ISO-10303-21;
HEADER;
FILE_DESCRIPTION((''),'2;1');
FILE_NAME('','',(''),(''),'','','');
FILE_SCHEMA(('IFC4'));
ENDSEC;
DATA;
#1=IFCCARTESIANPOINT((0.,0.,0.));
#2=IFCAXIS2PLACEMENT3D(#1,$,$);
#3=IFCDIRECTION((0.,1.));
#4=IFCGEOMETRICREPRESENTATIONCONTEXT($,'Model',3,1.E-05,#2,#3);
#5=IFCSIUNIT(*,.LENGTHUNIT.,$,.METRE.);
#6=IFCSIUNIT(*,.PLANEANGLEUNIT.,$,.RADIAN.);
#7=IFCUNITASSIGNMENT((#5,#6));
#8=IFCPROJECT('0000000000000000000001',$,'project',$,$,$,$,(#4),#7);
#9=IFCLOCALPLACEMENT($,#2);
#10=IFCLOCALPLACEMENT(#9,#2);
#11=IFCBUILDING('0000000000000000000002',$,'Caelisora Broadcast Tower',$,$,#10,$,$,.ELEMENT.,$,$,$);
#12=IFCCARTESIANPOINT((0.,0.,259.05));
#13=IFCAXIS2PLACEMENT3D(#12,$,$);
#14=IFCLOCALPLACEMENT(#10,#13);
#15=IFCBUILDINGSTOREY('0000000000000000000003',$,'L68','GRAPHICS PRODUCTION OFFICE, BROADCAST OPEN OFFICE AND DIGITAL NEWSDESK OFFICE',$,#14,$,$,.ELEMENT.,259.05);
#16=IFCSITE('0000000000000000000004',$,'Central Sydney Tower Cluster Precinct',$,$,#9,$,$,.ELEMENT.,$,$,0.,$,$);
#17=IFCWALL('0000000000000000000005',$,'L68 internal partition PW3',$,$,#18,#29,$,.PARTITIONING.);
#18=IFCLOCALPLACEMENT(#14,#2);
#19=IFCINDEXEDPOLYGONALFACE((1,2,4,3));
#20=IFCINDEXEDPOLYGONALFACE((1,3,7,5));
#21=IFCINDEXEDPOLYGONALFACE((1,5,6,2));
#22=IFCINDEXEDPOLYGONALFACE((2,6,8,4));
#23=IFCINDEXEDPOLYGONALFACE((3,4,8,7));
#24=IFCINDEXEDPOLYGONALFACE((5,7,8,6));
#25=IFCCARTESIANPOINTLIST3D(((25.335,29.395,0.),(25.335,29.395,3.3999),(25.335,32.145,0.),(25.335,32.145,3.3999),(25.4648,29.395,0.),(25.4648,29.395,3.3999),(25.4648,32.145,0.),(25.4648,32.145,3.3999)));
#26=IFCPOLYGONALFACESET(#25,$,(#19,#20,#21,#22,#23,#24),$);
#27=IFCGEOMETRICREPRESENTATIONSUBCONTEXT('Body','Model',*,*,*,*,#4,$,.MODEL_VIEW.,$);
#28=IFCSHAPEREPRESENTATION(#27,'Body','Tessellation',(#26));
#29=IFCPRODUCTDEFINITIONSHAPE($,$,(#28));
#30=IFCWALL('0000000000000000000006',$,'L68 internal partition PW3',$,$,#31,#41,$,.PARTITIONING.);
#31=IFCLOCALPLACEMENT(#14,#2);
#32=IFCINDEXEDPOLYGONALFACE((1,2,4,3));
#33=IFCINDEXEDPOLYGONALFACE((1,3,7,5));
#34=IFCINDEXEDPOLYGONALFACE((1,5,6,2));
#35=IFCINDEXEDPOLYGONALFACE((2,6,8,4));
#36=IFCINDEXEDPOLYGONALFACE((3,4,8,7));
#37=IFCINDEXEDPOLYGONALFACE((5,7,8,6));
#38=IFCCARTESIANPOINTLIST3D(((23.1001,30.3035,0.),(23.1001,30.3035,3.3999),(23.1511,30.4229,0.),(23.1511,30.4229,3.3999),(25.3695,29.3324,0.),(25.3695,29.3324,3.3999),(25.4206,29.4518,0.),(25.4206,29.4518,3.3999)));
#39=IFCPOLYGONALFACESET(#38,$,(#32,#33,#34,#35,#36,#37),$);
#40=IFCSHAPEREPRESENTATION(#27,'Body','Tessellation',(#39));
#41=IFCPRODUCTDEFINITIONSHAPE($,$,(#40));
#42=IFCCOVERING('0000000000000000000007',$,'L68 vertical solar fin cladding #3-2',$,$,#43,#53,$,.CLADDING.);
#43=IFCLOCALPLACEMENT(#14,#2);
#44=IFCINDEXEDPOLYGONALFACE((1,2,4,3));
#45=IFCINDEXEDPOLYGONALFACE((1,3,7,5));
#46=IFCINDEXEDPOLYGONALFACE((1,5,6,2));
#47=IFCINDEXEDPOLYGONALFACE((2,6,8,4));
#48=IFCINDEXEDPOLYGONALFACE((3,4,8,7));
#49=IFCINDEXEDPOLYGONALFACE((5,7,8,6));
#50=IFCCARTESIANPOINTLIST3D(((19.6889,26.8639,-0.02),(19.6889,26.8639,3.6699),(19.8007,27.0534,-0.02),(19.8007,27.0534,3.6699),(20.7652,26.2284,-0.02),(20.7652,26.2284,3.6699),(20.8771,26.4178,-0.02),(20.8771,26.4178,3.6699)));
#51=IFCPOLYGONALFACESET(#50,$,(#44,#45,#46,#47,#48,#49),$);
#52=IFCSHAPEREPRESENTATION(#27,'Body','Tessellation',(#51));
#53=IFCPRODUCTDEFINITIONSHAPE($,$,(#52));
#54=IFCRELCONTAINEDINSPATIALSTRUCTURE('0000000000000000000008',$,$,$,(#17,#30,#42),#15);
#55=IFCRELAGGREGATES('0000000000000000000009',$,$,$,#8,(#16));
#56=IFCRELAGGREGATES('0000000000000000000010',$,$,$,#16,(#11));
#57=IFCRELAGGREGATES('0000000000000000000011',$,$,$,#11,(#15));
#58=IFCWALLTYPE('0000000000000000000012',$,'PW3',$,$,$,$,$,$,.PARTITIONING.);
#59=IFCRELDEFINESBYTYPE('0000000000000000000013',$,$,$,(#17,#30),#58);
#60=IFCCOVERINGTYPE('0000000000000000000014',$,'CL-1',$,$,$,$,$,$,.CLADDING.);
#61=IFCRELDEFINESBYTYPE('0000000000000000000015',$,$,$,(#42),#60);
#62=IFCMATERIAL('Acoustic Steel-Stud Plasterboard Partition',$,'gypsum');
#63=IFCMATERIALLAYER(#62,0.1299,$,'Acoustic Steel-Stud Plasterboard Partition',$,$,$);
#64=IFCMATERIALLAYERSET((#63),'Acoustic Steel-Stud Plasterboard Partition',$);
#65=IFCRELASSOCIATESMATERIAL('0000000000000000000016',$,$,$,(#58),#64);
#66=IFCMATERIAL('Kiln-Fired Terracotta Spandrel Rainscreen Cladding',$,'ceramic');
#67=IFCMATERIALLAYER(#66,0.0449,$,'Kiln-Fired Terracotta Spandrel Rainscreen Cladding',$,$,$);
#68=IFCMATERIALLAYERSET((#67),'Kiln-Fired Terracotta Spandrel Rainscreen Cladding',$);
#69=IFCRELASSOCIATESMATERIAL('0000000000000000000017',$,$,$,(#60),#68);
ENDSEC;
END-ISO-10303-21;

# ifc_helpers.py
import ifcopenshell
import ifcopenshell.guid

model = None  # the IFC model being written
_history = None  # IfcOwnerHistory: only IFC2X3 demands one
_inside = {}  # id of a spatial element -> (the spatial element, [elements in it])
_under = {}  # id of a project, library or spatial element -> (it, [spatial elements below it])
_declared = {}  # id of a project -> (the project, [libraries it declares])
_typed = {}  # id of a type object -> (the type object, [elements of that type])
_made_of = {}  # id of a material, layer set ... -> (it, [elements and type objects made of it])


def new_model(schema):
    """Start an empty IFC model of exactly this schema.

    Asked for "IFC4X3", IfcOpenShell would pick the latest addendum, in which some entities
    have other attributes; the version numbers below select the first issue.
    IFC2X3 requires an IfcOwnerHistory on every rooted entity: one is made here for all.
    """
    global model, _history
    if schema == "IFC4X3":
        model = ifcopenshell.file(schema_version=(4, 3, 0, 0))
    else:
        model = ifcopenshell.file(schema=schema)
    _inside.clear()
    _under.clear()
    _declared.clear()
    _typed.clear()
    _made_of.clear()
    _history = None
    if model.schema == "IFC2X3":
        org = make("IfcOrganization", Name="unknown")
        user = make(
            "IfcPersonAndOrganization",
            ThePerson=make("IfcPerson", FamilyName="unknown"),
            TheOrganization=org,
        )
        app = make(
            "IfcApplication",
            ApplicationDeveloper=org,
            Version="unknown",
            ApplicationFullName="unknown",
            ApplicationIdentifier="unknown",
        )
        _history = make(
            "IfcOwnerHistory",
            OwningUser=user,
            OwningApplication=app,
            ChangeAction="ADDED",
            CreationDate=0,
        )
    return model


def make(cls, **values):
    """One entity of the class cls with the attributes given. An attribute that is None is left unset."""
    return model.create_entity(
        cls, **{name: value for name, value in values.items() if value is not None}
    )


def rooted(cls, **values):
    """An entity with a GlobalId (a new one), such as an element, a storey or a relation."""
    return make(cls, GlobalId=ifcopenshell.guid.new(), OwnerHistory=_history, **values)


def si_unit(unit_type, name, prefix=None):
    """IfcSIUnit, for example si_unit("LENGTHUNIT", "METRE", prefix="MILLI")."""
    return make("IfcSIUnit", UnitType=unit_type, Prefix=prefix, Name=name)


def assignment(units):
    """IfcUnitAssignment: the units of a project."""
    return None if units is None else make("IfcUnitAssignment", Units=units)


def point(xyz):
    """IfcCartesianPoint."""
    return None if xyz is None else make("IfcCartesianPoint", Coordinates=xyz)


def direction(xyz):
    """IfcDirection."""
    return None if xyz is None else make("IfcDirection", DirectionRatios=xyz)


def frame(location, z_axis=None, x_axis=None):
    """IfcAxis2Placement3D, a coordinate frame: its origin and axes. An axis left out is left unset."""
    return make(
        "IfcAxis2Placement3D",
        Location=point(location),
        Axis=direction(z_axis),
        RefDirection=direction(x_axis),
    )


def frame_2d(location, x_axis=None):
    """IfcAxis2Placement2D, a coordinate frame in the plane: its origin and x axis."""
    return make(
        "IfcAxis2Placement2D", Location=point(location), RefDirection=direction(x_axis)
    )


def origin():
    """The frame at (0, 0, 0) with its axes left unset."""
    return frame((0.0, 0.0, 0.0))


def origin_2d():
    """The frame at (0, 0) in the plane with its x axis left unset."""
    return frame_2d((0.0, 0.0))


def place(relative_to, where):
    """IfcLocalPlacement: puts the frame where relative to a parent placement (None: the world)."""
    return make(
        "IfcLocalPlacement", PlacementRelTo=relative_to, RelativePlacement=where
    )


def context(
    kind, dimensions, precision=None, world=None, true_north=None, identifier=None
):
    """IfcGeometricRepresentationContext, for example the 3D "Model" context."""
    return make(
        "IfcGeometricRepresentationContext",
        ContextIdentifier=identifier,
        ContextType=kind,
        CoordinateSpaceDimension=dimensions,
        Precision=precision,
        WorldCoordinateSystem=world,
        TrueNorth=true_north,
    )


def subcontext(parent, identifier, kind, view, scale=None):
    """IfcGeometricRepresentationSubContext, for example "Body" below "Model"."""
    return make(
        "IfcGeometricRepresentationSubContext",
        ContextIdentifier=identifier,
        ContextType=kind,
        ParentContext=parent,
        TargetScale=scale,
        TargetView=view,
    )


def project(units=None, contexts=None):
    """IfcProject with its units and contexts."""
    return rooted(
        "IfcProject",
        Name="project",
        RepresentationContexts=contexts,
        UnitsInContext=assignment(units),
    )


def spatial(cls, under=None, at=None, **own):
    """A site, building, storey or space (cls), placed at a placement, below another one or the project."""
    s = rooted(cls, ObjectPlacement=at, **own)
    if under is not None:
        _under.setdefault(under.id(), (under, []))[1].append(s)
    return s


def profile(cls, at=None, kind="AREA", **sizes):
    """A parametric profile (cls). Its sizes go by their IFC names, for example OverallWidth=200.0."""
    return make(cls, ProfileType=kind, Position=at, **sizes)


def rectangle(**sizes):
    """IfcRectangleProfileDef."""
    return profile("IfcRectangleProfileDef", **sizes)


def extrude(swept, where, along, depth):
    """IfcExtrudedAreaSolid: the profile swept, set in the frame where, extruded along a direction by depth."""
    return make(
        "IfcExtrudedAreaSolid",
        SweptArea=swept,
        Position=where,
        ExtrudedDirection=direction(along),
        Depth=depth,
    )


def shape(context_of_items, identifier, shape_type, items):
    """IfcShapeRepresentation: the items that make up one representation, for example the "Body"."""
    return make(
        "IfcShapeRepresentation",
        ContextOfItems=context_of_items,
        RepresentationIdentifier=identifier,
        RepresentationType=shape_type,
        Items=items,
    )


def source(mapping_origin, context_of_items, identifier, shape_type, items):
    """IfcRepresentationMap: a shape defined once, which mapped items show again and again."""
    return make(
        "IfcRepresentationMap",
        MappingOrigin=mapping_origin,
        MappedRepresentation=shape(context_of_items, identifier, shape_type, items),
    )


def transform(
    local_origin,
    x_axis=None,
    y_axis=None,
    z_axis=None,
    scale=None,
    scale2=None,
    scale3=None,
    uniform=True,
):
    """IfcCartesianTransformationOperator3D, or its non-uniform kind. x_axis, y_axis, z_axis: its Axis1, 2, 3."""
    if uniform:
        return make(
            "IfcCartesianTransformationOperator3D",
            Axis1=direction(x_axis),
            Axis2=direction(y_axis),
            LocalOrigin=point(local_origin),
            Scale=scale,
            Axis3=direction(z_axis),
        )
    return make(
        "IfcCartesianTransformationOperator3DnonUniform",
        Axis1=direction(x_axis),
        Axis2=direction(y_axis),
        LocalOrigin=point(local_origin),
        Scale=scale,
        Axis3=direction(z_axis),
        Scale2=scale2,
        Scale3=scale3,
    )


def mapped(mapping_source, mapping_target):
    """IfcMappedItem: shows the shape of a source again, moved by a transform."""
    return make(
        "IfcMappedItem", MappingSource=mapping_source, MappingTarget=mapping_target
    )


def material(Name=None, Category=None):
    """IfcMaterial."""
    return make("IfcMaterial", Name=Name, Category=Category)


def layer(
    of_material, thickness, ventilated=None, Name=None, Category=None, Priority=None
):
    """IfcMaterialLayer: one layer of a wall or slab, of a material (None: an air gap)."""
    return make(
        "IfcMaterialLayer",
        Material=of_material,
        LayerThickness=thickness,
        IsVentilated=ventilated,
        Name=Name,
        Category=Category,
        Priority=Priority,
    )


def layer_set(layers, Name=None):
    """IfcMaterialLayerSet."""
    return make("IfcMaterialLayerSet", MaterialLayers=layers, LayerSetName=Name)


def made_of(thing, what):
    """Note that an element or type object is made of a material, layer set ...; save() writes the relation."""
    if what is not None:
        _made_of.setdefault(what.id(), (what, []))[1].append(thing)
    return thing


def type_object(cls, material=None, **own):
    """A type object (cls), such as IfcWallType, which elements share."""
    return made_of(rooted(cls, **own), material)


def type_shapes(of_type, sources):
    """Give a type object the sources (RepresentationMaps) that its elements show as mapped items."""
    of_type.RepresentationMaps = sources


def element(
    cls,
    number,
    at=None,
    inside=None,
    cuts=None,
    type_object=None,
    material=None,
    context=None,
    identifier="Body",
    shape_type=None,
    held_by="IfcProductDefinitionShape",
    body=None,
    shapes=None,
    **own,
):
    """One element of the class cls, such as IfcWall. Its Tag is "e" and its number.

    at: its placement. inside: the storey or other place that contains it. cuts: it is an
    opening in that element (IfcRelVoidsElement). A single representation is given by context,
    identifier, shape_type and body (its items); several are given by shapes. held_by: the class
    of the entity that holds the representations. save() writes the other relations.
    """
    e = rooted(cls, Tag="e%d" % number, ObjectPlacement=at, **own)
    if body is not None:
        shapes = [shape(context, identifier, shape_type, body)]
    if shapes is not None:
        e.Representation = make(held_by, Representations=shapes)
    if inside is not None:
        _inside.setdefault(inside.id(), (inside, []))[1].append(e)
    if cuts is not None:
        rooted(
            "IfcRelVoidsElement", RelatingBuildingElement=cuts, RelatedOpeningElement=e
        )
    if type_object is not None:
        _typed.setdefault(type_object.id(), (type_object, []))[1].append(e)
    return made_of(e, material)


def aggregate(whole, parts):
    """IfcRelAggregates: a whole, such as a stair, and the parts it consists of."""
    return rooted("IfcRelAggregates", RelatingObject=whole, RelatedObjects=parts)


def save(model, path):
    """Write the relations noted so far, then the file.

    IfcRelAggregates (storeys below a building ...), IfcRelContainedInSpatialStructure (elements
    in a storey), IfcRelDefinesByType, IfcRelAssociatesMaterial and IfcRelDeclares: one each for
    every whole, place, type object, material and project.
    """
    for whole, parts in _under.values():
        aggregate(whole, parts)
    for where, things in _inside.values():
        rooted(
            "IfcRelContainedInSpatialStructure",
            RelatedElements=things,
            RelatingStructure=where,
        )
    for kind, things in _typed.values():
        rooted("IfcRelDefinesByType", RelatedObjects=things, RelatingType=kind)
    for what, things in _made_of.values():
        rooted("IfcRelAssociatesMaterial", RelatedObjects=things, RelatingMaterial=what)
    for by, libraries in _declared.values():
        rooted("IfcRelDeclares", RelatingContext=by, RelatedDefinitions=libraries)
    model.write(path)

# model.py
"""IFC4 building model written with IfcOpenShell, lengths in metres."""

from ifc_helpers import new_model, si_unit, direction, frame, frame_2d, origin, origin_2d, place, context, subcontext, project, spatial, rectangle, extrude, source, transform, mapped, material, layer, layer_set, type_object, type_shapes, element, save


model = new_model("IFC4")

# Units and contexts
model_context = context("Model", 3, precision=1e-05, world=origin(), true_north=direction((0.0, 1.0)))
body_context = subcontext(model_context, "Body", "Model", "MODEL_VIEW")
ifc_project = project(units=[si_unit("LENGTHUNIT", "METRE"), si_unit("PLANEANGLEUNIT", "RADIAN")], contexts=[model_context])

# Site, building, storey
site_placement = place(None, origin())
site = spatial("IfcSite", under=ifc_project, at=site_placement, Name="Central Sydney Tower Cluster Precinct", CompositionType="ELEMENT", RefElevation=0.0)
building_placement = place(site_placement, origin())
building = spatial("IfcBuilding", under=site, at=building_placement, Name="Caelisora Broadcast Tower", CompositionType="ELEMENT")
storey_placement = place(building_placement, frame((0.0, 0.0, 259.05)))
storey = spatial("IfcBuildingStorey", under=building, at=storey_placement, Name="L68", Description="GRAPHICS PRODUCTION OFFICE, BROADCAST OPEN OFFICE AND DIGITAL NEWSDESK OFFICE", CompositionType="ELEMENT", Elevation=259.05)

# Shared definitions
ifc_material_1 = material(Name="Acoustic Steel-Stud Plasterboard Partition", Category="gypsum")
ifc_layer_1 = layer(ifc_material_1, 0.1299, Name="Acoustic Steel-Stud Plasterboard Partition")
ifc_layer_set_1 = layer_set([ifc_layer_1], Name="Acoustic Steel-Stud Plasterboard Partition")
wall_type_1 = type_object("IfcWallType", Name="PW3", PredefinedType="PARTITIONING", material=ifc_layer_set_1)

# Walls
wall_1_placement = place(storey_placement, frame((25.3999, 29.395, 0.0), z_axis=(0.0, 0.0, 1.0), x_axis=(0.0, 1.0, 0.0)))
element("IfcWall", 1, at=wall_1_placement, inside=storey, type_object=wall_type_1, Name="L68 internal partition PW3", PredefinedType="PARTITIONING", context=body_context, shape_type="SweptSolid", body=[
    extrude(rectangle(XDim=2.75, YDim=0.1299, at=frame_2d((1.375, 0.0))), origin(), (0.0, 0.0, 1.0), 3.3999),
])
wall_2_placement = place(storey_placement, frame((23.1255, 30.3633, 0.0), z_axis=(0.0, 0.0, 1.0), x_axis=(0.91936, -0.393418, 0.0)))
element("IfcWall", 2, at=wall_2_placement, inside=storey, type_object=wall_type_1, Name="L68 internal partition PW3", PredefinedType="PARTITIONING", context=body_context, shape_type="SweptSolid", body=[
    extrude(rectangle(XDim=2.4685, YDim=0.1299, at=frame_2d((1.2344, 0.0))), origin(), (0.0, 0.0, 1.0), 3.3999),
])

# Covering
ifc_material_2 = material(Name="Kiln-Fired Terracotta Spandrel Rainscreen Cladding", Category="ceramic")
ifc_layer_2 = layer(ifc_material_2, 0.0449, Name="Kiln-Fired Terracotta Spandrel Rainscreen Cladding")
ifc_layer_set_2 = layer_set([ifc_layer_2], Name="Kiln-Fired Terracotta Spandrel Rainscreen Cladding")
covering_type = type_object("IfcCoveringType", Name="CL-1", PredefinedType="CLADDING", material=ifc_layer_set_2)
shared_shape_1 = source(origin(), body_context, "Body", "SweptSolid", [
    extrude(rectangle(XDim=0.22, YDim=1.25, at=origin_2d()), origin(), (0.0, 0.0, 1.0), 3.6899),
])
type_shapes(covering_type, [shared_shape_1])
covering_placement = place(storey_placement, frame((20.283, 26.6409, -0.02), z_axis=(0.0, 0.0, 1.0), x_axis=(0.50844, 0.861097, 0.0)))
element("IfcCovering", 3, at=covering_placement, inside=storey, type_object=covering_type, Name="L68 vertical solar fin cladding #3-2", PredefinedType="CLADDING", context=body_context, shape_type="MappedRepresentation", body=[
    mapped(shared_shape_1, transform((0.0, 0.0, 0.0), scale=1.0)),
])

save(model, "model.ifc")
